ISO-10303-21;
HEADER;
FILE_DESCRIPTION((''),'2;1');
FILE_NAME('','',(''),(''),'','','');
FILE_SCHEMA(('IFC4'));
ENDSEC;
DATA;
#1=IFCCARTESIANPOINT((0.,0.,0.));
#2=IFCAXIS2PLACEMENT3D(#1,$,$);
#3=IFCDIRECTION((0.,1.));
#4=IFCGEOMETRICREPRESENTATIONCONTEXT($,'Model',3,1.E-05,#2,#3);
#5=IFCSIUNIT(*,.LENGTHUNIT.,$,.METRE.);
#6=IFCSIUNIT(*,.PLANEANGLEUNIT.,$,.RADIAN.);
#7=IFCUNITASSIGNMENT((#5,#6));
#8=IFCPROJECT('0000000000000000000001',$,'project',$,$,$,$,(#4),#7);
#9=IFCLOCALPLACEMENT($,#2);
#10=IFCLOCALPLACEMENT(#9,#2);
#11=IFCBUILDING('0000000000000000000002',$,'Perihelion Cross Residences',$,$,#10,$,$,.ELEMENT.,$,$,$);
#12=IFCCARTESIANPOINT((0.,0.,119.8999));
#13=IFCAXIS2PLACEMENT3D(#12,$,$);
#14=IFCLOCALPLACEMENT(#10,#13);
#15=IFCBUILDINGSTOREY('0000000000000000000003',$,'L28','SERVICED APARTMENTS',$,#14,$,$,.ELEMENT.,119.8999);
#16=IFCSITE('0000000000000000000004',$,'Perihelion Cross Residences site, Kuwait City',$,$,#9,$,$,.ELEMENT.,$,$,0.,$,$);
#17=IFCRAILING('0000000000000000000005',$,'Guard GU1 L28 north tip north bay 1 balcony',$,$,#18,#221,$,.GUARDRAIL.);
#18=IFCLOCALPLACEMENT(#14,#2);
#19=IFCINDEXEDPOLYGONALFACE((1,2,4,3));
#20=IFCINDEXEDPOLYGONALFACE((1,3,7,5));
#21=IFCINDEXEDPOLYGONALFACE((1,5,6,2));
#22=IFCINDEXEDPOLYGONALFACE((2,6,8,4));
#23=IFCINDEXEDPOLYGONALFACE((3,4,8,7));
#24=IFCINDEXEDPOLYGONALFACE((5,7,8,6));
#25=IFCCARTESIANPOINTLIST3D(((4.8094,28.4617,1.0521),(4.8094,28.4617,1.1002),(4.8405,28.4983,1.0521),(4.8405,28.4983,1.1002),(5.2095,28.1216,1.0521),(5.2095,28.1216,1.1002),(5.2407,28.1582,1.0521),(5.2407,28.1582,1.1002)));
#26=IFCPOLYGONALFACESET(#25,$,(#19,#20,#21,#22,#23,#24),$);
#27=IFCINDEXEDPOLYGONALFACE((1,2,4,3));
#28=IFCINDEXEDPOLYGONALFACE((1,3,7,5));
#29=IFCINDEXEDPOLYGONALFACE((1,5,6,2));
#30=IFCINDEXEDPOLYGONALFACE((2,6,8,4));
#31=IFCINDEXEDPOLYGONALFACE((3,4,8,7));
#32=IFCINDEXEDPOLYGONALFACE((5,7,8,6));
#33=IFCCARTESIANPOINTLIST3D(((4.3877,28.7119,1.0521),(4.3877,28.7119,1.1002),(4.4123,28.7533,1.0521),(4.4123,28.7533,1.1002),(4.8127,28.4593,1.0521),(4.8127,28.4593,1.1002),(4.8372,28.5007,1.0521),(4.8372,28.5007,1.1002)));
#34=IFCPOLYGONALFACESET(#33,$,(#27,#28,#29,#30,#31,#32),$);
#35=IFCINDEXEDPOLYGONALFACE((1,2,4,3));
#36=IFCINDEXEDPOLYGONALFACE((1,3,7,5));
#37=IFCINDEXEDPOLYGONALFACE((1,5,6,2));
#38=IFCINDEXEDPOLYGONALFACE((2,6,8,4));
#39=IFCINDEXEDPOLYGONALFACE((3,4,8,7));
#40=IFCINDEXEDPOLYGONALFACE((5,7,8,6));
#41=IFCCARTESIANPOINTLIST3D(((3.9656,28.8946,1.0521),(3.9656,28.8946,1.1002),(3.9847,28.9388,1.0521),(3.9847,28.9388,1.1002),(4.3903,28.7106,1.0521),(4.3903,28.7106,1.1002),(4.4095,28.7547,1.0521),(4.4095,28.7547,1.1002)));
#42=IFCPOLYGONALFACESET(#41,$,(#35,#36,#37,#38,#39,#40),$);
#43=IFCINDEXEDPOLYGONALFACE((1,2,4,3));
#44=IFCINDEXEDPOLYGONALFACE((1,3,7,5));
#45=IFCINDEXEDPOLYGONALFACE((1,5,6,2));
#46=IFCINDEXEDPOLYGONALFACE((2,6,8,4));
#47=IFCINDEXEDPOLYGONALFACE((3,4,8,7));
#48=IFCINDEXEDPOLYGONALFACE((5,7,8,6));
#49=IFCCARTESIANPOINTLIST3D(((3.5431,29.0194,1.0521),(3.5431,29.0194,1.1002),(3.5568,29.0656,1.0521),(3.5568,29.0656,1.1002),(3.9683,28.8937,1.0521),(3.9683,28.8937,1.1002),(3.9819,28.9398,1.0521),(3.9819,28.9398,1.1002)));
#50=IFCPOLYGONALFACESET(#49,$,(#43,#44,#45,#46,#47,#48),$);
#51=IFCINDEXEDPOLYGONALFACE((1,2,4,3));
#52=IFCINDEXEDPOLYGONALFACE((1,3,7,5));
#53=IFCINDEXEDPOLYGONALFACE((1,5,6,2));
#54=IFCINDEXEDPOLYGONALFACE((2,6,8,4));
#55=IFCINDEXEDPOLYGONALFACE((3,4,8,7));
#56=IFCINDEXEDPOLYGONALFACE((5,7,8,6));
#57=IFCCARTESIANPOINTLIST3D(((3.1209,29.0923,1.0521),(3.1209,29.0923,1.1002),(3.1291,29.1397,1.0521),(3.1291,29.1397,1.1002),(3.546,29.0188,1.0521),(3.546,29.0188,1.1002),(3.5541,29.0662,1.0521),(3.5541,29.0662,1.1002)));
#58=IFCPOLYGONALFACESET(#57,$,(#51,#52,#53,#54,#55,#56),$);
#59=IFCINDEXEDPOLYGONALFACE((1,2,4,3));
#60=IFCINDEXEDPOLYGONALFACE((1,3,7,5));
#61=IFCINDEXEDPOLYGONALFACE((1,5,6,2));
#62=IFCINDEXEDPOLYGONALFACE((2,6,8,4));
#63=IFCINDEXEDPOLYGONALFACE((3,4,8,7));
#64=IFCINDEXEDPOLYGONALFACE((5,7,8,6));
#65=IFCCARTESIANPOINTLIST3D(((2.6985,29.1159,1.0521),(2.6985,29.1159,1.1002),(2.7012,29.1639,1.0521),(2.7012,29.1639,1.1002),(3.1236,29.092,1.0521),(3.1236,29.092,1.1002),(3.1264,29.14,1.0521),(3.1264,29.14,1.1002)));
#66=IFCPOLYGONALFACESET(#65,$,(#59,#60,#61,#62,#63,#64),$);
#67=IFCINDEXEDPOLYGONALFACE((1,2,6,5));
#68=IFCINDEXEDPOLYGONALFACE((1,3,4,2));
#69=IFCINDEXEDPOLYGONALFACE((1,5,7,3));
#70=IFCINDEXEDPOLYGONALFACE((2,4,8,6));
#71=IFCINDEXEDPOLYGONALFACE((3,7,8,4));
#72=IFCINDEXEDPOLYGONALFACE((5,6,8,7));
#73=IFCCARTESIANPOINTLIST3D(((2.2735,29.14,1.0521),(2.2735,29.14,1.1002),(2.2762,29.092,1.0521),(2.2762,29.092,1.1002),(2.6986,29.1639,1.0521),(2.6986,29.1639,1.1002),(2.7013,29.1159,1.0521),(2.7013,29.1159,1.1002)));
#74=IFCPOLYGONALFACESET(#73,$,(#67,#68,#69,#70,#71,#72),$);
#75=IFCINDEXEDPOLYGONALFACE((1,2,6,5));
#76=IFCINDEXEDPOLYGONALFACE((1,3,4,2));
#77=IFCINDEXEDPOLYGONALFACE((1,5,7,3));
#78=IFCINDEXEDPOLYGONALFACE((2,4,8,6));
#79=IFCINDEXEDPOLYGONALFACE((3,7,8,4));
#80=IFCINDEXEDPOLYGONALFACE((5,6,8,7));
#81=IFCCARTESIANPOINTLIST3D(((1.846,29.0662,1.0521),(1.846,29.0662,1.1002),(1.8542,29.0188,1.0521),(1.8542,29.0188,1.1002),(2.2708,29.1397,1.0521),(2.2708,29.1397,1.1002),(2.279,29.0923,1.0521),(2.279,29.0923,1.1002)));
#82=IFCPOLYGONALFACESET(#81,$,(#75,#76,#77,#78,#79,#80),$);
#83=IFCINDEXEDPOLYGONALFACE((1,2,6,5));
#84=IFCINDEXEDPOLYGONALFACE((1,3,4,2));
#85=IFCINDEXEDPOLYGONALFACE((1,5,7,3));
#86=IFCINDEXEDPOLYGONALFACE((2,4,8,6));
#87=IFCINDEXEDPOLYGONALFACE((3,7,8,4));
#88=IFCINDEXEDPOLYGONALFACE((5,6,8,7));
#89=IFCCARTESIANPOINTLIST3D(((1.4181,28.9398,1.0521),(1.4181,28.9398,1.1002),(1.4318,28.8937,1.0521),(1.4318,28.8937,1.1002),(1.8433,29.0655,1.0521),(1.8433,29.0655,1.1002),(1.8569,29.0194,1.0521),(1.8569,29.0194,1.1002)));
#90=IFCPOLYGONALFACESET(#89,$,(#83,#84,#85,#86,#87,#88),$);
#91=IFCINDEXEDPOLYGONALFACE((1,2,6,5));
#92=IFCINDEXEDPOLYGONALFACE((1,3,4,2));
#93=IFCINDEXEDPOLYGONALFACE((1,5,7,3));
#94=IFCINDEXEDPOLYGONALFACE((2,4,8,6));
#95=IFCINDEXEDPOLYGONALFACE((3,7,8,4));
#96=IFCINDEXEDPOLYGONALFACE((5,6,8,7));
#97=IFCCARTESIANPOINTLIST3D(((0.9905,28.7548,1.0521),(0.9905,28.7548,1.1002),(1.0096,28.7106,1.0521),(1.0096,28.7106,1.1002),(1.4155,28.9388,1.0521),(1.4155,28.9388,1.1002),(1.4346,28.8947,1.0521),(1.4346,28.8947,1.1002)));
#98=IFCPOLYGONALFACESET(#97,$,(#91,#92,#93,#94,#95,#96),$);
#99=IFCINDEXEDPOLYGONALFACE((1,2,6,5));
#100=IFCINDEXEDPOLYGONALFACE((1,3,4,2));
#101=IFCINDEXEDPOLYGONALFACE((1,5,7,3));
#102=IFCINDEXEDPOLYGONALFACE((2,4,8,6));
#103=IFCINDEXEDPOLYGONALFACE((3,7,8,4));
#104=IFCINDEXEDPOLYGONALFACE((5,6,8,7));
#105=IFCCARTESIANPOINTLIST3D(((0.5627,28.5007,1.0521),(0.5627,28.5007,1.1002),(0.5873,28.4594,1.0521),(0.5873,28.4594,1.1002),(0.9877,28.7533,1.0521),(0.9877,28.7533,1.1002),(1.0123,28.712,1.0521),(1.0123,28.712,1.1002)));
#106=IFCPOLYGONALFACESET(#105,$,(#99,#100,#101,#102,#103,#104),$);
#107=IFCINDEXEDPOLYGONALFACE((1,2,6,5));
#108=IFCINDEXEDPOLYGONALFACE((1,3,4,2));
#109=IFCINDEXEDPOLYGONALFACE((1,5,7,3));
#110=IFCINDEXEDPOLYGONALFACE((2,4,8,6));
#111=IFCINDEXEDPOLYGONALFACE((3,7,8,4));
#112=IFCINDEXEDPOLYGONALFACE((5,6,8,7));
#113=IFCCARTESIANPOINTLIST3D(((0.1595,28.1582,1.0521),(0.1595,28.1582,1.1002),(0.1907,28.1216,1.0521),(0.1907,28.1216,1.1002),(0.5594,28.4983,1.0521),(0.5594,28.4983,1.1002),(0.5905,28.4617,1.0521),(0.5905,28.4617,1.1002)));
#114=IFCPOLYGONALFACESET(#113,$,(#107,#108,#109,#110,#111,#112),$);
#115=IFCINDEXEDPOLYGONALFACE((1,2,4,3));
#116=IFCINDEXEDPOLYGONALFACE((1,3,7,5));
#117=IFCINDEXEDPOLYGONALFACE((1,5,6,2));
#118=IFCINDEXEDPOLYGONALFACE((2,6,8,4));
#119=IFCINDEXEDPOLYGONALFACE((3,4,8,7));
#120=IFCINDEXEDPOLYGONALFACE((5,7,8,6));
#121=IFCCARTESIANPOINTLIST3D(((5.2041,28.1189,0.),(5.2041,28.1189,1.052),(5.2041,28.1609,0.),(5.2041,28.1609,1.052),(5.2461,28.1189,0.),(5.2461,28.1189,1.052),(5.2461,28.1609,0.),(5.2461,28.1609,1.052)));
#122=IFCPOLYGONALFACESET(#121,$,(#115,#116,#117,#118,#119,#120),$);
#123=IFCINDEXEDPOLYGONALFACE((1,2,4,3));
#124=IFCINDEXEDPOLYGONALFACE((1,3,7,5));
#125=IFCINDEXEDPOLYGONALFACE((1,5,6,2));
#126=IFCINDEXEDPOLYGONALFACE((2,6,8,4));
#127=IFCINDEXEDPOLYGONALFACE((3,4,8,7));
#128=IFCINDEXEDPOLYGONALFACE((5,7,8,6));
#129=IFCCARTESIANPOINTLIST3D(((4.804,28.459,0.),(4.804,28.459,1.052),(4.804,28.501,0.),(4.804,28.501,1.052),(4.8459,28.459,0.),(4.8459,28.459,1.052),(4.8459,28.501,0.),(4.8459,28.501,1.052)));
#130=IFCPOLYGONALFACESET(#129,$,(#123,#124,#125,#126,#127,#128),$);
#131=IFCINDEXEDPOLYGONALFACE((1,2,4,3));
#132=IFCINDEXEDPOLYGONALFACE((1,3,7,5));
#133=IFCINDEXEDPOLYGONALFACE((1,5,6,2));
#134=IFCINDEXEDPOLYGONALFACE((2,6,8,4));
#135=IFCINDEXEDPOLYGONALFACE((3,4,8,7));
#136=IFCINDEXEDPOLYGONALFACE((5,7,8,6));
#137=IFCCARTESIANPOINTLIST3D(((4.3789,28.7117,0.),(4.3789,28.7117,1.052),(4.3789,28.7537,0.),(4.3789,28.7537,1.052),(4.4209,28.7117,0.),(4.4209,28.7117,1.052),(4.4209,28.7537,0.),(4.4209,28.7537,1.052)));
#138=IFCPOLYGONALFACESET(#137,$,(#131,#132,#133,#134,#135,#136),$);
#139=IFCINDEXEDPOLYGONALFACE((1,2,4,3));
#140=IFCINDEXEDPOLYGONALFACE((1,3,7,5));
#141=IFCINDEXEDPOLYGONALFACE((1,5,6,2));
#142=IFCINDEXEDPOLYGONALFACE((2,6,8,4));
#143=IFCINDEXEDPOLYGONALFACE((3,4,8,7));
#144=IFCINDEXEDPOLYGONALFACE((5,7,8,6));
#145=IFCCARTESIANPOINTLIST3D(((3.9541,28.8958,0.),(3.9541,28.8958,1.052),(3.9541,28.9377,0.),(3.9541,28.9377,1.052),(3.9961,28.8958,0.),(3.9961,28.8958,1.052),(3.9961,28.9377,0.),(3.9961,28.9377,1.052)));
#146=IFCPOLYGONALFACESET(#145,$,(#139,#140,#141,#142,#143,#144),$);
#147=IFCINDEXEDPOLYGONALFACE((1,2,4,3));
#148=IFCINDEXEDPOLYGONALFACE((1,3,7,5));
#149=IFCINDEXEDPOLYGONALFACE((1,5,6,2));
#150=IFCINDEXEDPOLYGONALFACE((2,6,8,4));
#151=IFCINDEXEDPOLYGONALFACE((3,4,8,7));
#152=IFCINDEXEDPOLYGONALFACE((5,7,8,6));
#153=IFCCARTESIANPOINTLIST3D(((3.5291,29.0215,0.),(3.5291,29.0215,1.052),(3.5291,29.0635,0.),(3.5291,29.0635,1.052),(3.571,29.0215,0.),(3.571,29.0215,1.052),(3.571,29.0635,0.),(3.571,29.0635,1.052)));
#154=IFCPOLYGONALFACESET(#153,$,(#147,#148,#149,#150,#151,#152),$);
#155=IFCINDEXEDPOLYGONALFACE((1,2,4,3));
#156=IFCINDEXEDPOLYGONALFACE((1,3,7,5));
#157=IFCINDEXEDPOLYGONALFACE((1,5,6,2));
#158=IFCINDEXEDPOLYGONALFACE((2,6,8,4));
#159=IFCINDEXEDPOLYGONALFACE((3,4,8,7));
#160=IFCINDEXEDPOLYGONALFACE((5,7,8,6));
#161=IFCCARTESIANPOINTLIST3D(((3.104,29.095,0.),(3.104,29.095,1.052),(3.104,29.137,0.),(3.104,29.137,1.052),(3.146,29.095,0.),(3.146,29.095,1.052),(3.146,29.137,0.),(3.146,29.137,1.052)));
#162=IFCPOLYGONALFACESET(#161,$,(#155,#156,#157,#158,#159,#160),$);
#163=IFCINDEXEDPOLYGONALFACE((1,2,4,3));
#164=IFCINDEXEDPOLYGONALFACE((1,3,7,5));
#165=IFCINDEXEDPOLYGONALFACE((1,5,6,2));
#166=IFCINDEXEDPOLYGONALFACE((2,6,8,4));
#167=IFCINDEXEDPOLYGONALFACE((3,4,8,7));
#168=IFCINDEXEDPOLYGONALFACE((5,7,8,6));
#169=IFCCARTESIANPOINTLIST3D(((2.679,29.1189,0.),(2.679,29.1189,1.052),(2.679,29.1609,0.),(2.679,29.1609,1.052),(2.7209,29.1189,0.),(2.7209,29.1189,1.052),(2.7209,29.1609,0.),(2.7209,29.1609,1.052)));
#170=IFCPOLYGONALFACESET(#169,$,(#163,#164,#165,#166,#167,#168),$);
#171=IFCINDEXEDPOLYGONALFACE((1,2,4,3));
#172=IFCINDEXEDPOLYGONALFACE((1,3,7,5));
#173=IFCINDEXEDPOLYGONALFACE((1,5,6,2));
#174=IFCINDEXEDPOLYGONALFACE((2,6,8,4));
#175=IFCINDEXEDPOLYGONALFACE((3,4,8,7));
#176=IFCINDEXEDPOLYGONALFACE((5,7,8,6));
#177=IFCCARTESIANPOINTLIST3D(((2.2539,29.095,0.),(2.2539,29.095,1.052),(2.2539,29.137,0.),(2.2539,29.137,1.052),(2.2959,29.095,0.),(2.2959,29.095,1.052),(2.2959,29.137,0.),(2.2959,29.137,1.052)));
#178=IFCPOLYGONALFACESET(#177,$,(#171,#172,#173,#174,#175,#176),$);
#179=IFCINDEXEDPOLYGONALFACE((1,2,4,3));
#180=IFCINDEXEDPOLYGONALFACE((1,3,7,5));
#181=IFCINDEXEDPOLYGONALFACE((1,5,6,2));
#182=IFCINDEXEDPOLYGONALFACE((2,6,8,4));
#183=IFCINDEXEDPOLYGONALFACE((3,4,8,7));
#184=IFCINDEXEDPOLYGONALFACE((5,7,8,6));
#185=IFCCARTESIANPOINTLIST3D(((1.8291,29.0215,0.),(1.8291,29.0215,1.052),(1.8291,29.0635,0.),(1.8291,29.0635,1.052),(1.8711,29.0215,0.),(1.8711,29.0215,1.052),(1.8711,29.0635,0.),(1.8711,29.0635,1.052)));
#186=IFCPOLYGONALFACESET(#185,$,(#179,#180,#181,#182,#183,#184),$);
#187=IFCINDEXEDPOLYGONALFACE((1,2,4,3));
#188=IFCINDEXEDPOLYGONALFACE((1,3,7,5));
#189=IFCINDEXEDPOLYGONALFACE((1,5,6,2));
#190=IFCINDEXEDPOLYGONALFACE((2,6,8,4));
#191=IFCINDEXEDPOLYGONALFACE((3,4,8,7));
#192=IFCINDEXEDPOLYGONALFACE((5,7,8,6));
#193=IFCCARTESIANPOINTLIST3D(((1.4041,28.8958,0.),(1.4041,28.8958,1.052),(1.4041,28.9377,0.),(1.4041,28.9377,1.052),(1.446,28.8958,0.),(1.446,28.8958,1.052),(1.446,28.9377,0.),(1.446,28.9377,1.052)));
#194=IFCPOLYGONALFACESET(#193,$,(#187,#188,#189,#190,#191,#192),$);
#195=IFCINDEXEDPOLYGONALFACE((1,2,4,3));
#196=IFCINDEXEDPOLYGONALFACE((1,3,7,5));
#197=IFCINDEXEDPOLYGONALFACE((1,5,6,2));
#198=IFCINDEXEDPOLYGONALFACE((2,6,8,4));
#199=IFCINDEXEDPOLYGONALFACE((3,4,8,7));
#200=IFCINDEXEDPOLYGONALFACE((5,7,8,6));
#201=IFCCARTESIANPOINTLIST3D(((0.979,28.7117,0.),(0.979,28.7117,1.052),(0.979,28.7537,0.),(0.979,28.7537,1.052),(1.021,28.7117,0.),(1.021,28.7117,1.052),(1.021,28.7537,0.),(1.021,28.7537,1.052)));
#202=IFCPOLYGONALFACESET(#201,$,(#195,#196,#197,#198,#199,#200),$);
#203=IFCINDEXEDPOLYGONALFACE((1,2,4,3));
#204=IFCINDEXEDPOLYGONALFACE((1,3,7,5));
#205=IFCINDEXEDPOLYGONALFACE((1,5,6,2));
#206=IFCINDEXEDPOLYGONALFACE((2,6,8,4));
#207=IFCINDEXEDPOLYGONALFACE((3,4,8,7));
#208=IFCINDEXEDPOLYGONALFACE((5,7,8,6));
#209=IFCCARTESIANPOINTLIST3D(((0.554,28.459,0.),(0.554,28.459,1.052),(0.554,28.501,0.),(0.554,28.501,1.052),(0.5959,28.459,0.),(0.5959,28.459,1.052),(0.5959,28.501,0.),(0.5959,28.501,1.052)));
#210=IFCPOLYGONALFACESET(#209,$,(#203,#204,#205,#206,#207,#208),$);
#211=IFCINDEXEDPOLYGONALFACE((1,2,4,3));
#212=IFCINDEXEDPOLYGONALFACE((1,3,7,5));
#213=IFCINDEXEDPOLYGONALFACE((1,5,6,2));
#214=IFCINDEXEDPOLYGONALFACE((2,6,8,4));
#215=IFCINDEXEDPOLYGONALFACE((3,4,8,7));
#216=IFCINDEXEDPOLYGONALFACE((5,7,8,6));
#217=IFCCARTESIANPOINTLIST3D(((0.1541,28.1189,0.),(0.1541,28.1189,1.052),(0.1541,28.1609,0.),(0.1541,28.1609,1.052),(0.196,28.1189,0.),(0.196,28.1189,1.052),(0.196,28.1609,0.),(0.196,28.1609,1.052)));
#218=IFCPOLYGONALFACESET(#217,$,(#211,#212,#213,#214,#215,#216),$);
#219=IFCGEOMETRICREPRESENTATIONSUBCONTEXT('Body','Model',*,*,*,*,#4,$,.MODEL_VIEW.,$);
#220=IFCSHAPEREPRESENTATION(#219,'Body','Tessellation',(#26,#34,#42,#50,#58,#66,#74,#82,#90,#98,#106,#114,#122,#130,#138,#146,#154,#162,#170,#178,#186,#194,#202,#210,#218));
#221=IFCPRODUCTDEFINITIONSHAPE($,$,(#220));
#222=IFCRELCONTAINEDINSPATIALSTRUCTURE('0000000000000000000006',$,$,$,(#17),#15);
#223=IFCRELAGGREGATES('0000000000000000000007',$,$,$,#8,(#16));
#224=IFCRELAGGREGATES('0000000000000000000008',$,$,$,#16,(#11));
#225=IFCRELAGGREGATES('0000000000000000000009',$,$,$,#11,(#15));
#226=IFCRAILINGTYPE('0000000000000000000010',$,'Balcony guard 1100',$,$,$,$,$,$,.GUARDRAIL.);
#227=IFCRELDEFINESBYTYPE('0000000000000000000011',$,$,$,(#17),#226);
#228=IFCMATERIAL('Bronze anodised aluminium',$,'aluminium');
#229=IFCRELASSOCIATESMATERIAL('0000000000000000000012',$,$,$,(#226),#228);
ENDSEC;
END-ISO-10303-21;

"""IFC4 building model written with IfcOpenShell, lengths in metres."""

from ifc_helpers import new_model, si_unit, direction, frame, origin, origin_2d, place, context, subcontext, project, spatial, rectangle, extrude, material, type_object, element, save


model = new_model("IFC4")

# Units and contexts
model_context = context("Model", 3, precision=1e-05, world=origin(), true_north=direction((0.0, 1.0)))
body_context = subcontext(model_context, "Body", "Model", "MODEL_VIEW")
ifc_project = project(units=[si_unit("LENGTHUNIT", "METRE"), si_unit("PLANEANGLEUNIT", "RADIAN")], contexts=[model_context])

# Site, building, storey
site_placement = place(None, origin())
site = spatial("IfcSite", under=ifc_project, at=site_placement, Name="Perihelion Cross Residences site, Kuwait City", CompositionType="ELEMENT", RefElevation=0.0)
building_placement = place(site_placement, origin())
building = spatial("IfcBuilding", under=site, at=building_placement, Name="Perihelion Cross Residences", CompositionType="ELEMENT")
storey_placement = place(building_placement, frame((0.0, 0.0, 119.8999)))
storey = spatial("IfcBuildingStorey", under=building, at=storey_placement, Name="L28", Description="SERVICED APARTMENTS", CompositionType="ELEMENT", Elevation=119.8999)

# Railing
ifc_material_1 = material(Name="Bronze anodised aluminium", Category="aluminium")
railing_type = type_object("IfcRailingType", Name="Balcony guard 1100", PredefinedType="GUARDRAIL", material=ifc_material_1)
railing_placement = place(storey_placement, frame((5.2251, 28.1399, 0.0)))
element("IfcRailing", 1, at=railing_placement, inside=storey, type_object=railing_type, Name="Guard GU1 L28 north tip north bay 1 balcony", PredefinedType="GUARDRAIL", context=body_context, shape_type="SweptSolid", body=[
    extrude(rectangle(XDim=0.0481, YDim=0.0481, at=origin_2d()), frame((0.0, 0.0, 1.0762), z_axis=(-0.761974, 0.647608, 0.0), x_axis=(-0.647608, -0.761974, 0.0)), (0.0, 0.0, 1.0), 0.5251),
    extrude(rectangle(XDim=0.0481, YDim=0.0481, at=origin_2d()), frame((-0.4001, 0.3401, 1.0762), z_axis=(-0.859577, 0.511006, 0.0), x_axis=(-0.511006, -0.859577, 0.0)), (0.0, 0.0, 1.0), 0.4944),
    extrude(rectangle(XDim=0.0481, YDim=0.0481, at=origin_2d()), frame((-0.8252, 0.5928, 1.0762), z_axis=(-0.917556, 0.397607, 0.0), x_axis=(-0.397607, -0.917556, 0.0)), (0.0, 0.0, 1.0), 0.4629),
    extrude(rectangle(XDim=0.0481, YDim=0.0481, at=origin_2d()), frame((-1.25, 0.7769, 1.0762), z_axis=(-0.958926, 0.283657, 0.0), x_axis=(-0.283657, -0.958926, 0.0)), (0.0, 0.0, 1.0), 0.4434),
    extrude(rectangle(XDim=0.0481, YDim=0.0481, at=origin_2d()), frame((-1.675, 0.9026, 1.0762), z_axis=(-0.985382, 0.170362, 0.0), x_axis=(-0.170362, -0.985382, 0.0)), (0.0, 0.0, 1.0), 0.4314),
    extrude(rectangle(XDim=0.0481, YDim=0.0481, at=origin_2d()), frame((-2.1001, 0.9761, 1.0762), z_axis=(-0.99842, 0.056201, 0.0), x_axis=(-0.056201, -0.99842, 0.0)), (0.0, 0.0, 1.0), 0.4258),
    extrude(rectangle(XDim=0.0481, YDim=0.0481, at=origin_2d()), frame((-2.5251, 1.0, 1.0762), z_axis=(-0.99842, -0.056201, 0.0), x_axis=(0.056201, -0.99842, 0.0)), (0.0, 0.0, 1.0), 0.4258),
    extrude(rectangle(XDim=0.0481, YDim=0.0481, at=origin_2d()), frame((-2.9502, 0.9761, 1.0762), z_axis=(-0.985365, -0.170457, 0.0), x_axis=(0.170457, -0.985365, 0.0)), (0.0, 0.0, 1.0), 0.4312),
    extrude(rectangle(XDim=0.0481, YDim=0.0481, at=origin_2d()), frame((-3.375, 0.9026, 1.0762), z_axis=(-0.958926, -0.283657, 0.0), x_axis=(0.283657, -0.958926, 0.0)), (0.0, 0.0, 1.0), 0.4434),
    extrude(rectangle(XDim=0.0481, YDim=0.0481, at=origin_2d()), frame((-3.8, 0.7769, 1.0762), z_axis=(-0.917639, -0.397415, 0.0), x_axis=(0.397415, -0.917639, 0.0)), (0.0, 0.0, 1.0), 0.4631),
    extrude(rectangle(XDim=0.0481, YDim=0.0481, at=origin_2d()), frame((-4.2251, 0.5928, 1.0762), z_axis=(-0.859577, -0.511006, 0.0), x_axis=(0.511006, -0.859577, 0.0)), (0.0, 0.0, 1.0), 0.4944),
    extrude(rectangle(XDim=0.0481, YDim=0.0481, at=origin_2d()), frame((-4.6501, 0.3401, 1.0762), z_axis=(-0.761779, -0.647837, 0.0), x_axis=(0.647837, -0.761779, 0.0)), (0.0, 0.0, 1.0), 0.5249),
    extrude(rectangle(XDim=0.042, YDim=0.042, at=origin_2d()), origin(), (0.0, 0.0, 1.0), 1.052),
    extrude(rectangle(XDim=0.042, YDim=0.042, at=origin_2d()), frame((-0.4001, 0.3401, 0.0)), (0.0, 0.0, 1.0), 1.052),
    extrude(rectangle(XDim=0.042, YDim=0.042, at=origin_2d()), frame((-0.8252, 0.5928, 0.0)), (0.0, 0.0, 1.0), 1.052),
    extrude(rectangle(XDim=0.042, YDim=0.042, at=origin_2d()), frame((-1.25, 0.7769, 0.0)), (0.0, 0.0, 1.0), 1.052),
    extrude(rectangle(XDim=0.042, YDim=0.042, at=origin_2d()), frame((-1.675, 0.9026, 0.0)), (0.0, 0.0, 1.0), 1.052),
    extrude(rectangle(XDim=0.042, YDim=0.042, at=origin_2d()), frame((-2.1001, 0.9761, 0.0)), (0.0, 0.0, 1.0), 1.052),
    extrude(rectangle(XDim=0.042, YDim=0.042, at=origin_2d()), frame((-2.5251, 1.0, 0.0)), (0.0, 0.0, 1.0), 1.052),
    extrude(rectangle(XDim=0.042, YDim=0.042, at=origin_2d()), frame((-2.9502, 0.9761, 0.0)), (0.0, 0.0, 1.0), 1.052),
    extrude(rectangle(XDim=0.042, YDim=0.042, at=origin_2d()), frame((-3.375, 0.9026, 0.0)), (0.0, 0.0, 1.0), 1.052),
    extrude(rectangle(XDim=0.042, YDim=0.042, at=origin_2d()), frame((-3.8, 0.7769, 0.0)), (0.0, 0.0, 1.0), 1.052),
    extrude(rectangle(XDim=0.042, YDim=0.042, at=origin_2d()), frame((-4.2251, 0.5928, 0.0)), (0.0, 0.0, 1.0), 1.052),
    extrude(rectangle(XDim=0.042, YDim=0.042, at=origin_2d()), frame((-4.6501, 0.3401, 0.0)), (0.0, 0.0, 1.0), 1.052),
    extrude(rectangle(XDim=0.042, YDim=0.042, at=origin_2d()), frame((-5.05, 0.0, 0.0)), (0.0, 0.0, 1.0), 1.052),
])

save(model, "model.ifc")
